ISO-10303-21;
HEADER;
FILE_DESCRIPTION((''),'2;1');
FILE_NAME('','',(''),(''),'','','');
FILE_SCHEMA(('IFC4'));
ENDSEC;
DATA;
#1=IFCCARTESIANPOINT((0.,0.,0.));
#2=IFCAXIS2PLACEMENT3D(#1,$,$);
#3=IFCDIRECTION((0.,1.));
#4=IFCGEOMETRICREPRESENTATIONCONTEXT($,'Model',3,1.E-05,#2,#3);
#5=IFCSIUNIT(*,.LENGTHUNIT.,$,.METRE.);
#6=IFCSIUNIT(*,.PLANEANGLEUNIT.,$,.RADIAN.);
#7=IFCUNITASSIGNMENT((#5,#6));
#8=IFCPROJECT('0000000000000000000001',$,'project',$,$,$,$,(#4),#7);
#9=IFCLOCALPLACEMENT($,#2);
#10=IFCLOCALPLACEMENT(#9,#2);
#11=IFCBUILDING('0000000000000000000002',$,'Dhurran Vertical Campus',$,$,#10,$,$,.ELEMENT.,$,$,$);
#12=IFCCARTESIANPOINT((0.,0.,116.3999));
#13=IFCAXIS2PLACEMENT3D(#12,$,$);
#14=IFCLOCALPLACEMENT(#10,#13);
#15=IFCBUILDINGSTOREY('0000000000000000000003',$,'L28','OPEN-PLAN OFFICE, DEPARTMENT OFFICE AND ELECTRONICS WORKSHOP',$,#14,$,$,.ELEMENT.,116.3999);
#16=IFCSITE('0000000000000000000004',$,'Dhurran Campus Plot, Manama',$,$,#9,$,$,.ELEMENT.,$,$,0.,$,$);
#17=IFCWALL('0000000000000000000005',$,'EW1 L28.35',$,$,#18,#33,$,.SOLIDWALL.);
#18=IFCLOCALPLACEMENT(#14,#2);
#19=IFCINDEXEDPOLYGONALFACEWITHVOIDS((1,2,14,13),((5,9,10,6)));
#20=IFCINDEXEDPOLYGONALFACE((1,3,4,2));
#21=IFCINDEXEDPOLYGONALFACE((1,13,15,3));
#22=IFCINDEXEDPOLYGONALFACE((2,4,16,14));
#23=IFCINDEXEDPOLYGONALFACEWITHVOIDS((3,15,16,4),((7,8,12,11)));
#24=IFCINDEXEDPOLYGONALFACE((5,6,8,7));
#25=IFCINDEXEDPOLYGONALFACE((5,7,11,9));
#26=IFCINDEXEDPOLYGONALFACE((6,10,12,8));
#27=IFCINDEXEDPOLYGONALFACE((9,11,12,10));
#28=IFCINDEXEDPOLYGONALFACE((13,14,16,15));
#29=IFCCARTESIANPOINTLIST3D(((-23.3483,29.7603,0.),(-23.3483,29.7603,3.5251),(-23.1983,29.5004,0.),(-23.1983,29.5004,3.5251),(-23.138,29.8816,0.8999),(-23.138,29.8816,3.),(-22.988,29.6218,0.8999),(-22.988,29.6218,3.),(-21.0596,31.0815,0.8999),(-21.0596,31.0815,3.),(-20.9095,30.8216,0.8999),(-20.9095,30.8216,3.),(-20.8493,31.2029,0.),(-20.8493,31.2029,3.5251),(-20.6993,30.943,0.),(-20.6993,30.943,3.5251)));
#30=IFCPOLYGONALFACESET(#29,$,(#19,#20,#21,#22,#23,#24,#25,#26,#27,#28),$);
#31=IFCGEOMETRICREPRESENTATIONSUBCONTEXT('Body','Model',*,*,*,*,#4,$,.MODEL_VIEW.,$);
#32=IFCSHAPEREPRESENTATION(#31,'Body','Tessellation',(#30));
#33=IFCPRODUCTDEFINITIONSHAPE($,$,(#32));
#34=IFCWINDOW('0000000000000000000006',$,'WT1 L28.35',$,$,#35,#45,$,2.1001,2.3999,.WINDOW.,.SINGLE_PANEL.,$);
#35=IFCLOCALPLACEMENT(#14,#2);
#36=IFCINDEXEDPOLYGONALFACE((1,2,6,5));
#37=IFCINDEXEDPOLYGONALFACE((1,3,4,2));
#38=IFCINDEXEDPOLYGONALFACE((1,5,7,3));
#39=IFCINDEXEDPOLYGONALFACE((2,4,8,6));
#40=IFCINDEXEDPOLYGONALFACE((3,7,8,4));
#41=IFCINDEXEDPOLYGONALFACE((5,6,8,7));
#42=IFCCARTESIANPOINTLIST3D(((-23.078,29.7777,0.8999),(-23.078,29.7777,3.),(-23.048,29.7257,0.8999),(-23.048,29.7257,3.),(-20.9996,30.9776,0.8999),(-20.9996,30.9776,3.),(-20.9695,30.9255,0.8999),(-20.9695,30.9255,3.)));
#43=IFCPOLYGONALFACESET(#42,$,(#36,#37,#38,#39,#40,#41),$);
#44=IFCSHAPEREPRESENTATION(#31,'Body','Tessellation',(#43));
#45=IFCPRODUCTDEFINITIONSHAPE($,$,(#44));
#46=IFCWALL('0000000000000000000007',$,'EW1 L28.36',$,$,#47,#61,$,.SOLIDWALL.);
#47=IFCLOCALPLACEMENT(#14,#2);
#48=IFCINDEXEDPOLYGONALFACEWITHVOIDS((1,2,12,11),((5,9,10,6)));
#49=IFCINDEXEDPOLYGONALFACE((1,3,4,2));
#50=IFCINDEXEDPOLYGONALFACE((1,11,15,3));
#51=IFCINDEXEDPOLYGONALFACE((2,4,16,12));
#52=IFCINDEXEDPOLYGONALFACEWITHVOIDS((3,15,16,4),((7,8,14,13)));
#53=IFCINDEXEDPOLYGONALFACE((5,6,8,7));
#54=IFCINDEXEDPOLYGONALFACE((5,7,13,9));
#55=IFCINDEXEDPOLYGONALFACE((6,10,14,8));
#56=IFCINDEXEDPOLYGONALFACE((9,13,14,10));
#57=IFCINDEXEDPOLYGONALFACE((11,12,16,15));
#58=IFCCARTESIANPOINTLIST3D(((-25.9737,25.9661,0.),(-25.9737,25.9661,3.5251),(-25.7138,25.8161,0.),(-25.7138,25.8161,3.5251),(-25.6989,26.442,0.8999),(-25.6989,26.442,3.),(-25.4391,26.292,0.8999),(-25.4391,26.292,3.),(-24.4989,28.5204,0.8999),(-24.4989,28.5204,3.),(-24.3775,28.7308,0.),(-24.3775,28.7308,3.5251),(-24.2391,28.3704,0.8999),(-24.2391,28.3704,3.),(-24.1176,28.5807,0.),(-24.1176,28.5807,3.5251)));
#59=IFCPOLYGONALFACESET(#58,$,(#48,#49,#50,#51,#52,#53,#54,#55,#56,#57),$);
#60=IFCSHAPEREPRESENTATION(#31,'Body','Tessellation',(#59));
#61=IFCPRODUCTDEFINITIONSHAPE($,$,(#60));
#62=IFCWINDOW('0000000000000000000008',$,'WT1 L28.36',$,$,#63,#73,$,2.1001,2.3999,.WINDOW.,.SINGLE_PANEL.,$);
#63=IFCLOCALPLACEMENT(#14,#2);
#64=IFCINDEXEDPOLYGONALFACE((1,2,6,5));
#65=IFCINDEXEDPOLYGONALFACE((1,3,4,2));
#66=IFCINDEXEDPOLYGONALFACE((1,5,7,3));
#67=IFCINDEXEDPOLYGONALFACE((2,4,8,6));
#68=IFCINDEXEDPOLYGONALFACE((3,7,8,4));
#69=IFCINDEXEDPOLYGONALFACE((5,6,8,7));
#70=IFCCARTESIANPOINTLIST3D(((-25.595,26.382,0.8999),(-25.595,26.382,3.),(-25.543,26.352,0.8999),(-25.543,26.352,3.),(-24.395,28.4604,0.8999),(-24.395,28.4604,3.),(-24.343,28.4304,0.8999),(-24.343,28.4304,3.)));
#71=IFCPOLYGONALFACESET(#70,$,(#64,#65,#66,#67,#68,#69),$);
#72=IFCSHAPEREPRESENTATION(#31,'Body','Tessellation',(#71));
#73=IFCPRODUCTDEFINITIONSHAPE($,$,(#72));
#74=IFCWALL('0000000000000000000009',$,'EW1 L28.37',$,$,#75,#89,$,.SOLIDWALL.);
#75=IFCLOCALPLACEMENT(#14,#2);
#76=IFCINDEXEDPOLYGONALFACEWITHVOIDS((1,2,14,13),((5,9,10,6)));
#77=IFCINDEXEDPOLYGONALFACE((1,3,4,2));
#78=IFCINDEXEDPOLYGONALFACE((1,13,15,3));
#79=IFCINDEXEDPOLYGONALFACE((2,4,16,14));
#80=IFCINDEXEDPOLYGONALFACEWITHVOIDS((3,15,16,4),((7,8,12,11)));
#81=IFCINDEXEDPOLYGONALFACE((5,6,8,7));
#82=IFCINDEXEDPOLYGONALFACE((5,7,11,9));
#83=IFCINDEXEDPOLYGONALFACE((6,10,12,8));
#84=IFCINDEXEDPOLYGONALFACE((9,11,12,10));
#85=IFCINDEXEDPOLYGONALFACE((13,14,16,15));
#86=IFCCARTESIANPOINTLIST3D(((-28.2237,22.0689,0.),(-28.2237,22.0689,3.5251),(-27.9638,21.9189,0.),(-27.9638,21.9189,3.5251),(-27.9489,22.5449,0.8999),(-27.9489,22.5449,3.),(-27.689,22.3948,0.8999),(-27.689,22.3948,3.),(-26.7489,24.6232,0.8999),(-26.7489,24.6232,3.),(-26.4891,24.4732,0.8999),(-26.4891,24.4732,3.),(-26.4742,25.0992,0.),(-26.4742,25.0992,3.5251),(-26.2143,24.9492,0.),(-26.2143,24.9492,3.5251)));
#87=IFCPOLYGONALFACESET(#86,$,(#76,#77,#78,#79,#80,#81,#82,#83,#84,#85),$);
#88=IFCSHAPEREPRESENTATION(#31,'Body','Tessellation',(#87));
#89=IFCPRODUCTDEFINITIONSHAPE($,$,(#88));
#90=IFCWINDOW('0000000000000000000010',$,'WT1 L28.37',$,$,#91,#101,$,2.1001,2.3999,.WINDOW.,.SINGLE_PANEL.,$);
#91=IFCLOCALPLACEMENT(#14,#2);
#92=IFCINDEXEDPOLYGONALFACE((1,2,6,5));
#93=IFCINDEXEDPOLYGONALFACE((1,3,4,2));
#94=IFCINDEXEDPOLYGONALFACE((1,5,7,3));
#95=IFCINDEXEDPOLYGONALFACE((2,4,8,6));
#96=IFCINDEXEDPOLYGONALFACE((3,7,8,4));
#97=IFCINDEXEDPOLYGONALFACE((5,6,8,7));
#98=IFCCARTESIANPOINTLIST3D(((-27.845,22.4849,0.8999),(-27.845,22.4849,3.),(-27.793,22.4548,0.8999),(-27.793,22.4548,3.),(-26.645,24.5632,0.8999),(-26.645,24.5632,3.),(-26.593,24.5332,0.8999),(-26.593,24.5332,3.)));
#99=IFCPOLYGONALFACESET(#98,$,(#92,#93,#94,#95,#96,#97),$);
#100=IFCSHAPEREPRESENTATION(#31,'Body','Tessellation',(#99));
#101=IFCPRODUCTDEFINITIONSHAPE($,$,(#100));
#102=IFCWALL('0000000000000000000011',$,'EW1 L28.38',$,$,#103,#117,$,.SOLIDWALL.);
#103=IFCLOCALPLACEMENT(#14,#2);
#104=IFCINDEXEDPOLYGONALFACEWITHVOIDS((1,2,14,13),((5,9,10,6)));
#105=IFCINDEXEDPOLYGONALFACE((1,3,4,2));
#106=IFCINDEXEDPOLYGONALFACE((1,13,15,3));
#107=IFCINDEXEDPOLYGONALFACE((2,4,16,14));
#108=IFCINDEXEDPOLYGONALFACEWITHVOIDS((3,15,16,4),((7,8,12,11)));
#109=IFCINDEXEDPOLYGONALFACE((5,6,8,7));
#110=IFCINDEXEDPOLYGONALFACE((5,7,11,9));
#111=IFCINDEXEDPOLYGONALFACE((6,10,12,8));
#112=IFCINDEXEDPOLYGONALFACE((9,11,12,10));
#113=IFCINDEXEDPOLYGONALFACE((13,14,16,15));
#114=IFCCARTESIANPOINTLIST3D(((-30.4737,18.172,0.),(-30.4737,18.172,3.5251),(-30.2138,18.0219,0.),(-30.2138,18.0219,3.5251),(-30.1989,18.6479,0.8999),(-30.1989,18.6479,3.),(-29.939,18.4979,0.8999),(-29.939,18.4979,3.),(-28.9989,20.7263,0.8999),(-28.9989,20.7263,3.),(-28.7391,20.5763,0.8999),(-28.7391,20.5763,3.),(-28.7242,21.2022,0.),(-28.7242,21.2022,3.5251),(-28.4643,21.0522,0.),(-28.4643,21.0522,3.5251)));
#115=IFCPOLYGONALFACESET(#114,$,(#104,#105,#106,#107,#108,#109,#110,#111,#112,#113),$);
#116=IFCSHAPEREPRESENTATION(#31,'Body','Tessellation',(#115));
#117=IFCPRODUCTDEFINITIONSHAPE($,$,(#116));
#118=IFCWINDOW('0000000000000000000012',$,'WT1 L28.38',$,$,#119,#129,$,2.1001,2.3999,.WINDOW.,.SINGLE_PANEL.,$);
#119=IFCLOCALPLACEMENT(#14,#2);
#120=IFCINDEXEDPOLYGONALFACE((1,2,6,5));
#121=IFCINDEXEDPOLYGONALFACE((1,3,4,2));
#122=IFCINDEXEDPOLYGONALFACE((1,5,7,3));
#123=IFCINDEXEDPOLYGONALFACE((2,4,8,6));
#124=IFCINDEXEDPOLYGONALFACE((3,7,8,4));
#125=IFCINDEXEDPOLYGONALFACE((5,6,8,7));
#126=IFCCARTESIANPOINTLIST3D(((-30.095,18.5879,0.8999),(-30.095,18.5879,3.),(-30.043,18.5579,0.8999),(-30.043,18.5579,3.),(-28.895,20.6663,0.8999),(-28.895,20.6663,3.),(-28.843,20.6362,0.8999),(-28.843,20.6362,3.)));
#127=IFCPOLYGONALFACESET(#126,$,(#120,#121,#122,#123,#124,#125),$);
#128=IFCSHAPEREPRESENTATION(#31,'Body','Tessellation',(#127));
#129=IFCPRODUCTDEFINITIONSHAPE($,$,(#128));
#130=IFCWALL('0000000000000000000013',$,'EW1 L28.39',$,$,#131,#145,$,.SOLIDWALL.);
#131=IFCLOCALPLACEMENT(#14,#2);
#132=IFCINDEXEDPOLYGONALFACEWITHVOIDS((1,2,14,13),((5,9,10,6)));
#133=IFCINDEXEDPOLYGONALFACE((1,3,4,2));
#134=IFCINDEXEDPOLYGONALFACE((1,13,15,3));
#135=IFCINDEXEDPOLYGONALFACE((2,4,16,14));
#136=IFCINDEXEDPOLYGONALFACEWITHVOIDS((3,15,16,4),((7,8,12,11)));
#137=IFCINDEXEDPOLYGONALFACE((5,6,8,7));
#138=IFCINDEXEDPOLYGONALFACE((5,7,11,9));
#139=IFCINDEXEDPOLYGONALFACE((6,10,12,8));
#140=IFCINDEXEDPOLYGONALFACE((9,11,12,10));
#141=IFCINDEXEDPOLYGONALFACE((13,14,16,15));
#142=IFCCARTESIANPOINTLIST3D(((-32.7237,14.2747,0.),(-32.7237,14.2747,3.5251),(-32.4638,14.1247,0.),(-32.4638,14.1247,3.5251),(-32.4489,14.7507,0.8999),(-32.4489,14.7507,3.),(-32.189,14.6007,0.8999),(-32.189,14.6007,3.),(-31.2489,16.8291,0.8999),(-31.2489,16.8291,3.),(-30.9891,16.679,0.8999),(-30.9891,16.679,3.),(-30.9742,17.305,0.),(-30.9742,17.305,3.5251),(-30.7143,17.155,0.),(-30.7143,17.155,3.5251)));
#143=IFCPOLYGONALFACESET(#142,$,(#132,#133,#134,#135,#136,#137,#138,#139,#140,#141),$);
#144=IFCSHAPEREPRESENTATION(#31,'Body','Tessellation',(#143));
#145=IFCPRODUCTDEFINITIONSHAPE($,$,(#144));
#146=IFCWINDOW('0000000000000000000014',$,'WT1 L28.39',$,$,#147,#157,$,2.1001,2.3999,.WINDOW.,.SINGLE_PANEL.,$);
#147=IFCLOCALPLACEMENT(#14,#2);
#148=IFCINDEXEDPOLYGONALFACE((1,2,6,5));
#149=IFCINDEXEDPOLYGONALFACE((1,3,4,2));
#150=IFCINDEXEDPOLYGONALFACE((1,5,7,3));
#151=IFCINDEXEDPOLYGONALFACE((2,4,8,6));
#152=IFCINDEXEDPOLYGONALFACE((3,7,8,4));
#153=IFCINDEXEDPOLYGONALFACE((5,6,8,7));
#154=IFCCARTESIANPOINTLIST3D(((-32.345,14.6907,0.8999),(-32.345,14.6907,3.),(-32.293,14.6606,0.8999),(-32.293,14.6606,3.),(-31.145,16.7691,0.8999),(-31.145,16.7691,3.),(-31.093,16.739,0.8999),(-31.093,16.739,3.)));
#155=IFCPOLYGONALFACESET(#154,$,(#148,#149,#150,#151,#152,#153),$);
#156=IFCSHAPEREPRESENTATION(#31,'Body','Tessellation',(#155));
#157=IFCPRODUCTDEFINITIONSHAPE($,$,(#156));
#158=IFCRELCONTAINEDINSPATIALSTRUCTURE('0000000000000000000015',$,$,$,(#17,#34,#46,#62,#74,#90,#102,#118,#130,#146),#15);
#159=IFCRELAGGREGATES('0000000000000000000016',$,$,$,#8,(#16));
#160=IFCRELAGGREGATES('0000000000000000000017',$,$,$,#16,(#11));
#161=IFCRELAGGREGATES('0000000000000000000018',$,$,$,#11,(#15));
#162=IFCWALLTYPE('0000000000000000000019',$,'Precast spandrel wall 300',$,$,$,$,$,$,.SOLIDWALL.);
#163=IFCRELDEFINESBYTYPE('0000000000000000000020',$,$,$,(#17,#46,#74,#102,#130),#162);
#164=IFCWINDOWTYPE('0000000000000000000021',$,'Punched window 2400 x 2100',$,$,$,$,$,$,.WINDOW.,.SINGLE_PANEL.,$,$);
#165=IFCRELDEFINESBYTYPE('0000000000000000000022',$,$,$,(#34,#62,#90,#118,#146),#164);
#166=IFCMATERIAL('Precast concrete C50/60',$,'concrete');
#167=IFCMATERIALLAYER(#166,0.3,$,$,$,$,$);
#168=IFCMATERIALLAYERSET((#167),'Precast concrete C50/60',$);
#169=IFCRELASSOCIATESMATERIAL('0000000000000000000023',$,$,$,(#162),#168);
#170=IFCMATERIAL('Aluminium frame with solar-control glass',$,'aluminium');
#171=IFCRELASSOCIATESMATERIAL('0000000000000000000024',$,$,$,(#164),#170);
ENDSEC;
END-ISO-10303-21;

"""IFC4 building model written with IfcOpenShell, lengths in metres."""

from ifc_helpers import new_model, si_unit, direction, frame, frame_2d, origin, place, context, subcontext, project, spatial, rectangle, extrude, material, layer, layer_set, type_object, element, fill, save


model = new_model("IFC4")

# Units and contexts
model_context = context("Model", 3, precision=1e-05, world=origin(), true_north=direction((0.0, 1.0)))
body_context = subcontext(model_context, "Body", "Model", "MODEL_VIEW")
ifc_project = project(units=[si_unit("LENGTHUNIT", "METRE"), si_unit("PLANEANGLEUNIT", "RADIAN")], contexts=[model_context])

# Site, building, storey
site_placement = place(None, origin())
site = spatial("IfcSite", under=ifc_project, at=site_placement, Name="Dhurran Campus Plot, Manama", CompositionType="ELEMENT", RefElevation=0.0)
building_placement = place(site_placement, origin())
building = spatial("IfcBuilding", under=site, at=building_placement, Name="Dhurran Vertical Campus", CompositionType="ELEMENT")
storey_placement = place(building_placement, frame((0.0, 0.0, 116.3999)))
storey = spatial("IfcBuildingStorey", under=building, at=storey_placement, Name="L28", Description="OPEN-PLAN OFFICE, DEPARTMENT OFFICE AND ELECTRONICS WORKSHOP", CompositionType="ELEMENT", Elevation=116.3999)

# Walls, openings, windows
ifc_material_1 = material(Name="Precast concrete C50/60", Category="concrete")
ifc_layer_1 = layer(ifc_material_1, 0.3)
ifc_layer_set_1 = layer_set([ifc_layer_1], Name="Precast concrete C50/60")
wall_type_1 = type_object("IfcWallType", Name="Precast spandrel wall 300", PredefinedType="SOLIDWALL", material=ifc_layer_set_1)
ifc_material_2 = material(Name="Aluminium frame with solar-control glass", Category="aluminium")
window_type = type_object("IfcWindowType", Name="Punched window 2400 x 2100", PartitioningType="SINGLE_PANEL", PredefinedType="WINDOW", material=ifc_material_2)
wall_1_placement = place(storey_placement, frame((-20.7742, 31.073, 0.0), z_axis=(0.0, 0.0, 1.0), x_axis=(-0.866053, -0.499952, 0.0)))
wall_1 = element("IfcWall", 1, at=wall_1_placement, inside=storey, type_object=wall_type_1, Name="EW1 L28.35", PredefinedType="SOLIDWALL", context=body_context, shape_type="SweptSolid", body=[
    extrude(rectangle(XDim=2.8855, YDim=0.3, at=frame_2d((1.4429, 0.0))), origin(), (0.0, 0.0, 1.0), 3.5251),
])
opening_1_placement = place(wall_1_placement, frame((0.2429, 0.0, 0.8999)))
opening_1 = element("IfcOpeningElement", 2, at=opening_1_placement, cuts=wall_1, PredefinedType="OPENING", context=body_context, shape_type="SweptSolid", body=[
    extrude(rectangle(XDim=2.3999, YDim=2.1001, at=frame_2d((1.2, 1.05))), frame((0.0, 0.1599, 0.0), z_axis=(0.0, -1.0, 0.0), x_axis=(1.0, 0.0, 0.0)), (0.0, 0.0, 1.0), 0.3201),
])
window_1_placement = place(opening_1_placement, origin())
window_1 = element("IfcWindow", 3, at=window_1_placement, inside=storey, type_object=window_type, Name="WT1 L28.35", OverallHeight=2.1001, OverallWidth=2.3999, PartitioningType="SINGLE_PANEL", PredefinedType="WINDOW", context=body_context, shape_type="SweptSolid", body=[
    extrude(rectangle(XDim=2.3999, YDim=2.1001, at=frame_2d((1.2, 1.05))), frame((0.0, 0.03, 0.0), z_axis=(0.0, -1.0, 0.0), x_axis=(1.0, 0.0, 0.0)), (0.0, 0.0, 1.0), 0.0601),
])
fill(opening_1, window_1)
wall_2_placement = place(storey_placement, frame((-24.2476, 28.6558, 0.0), z_axis=(0.0, 0.0, 1.0), x_axis=(-0.500005, -0.866023, 0.0)))
wall_2 = element("IfcWall", 4, at=wall_2_placement, inside=storey, type_object=wall_type_1, Name="EW1 L28.36", PredefinedType="SOLIDWALL", context=body_context, shape_type="SweptSolid", body=[
    extrude(rectangle(XDim=3.1924, YDim=0.3, at=frame_2d((1.5962, 0.0))), origin(), (0.0, 0.0, 1.0), 3.5251),
])
opening_2_placement = place(wall_2_placement, frame((0.2429, 0.0, 0.8999)))
opening_2 = element("IfcOpeningElement", 5, at=opening_2_placement, cuts=wall_2, PredefinedType="OPENING", context=body_context, shape_type="SweptSolid", body=[
    extrude(rectangle(XDim=2.3999, YDim=2.1001, at=frame_2d((1.2, 1.05))), frame((0.0, 0.1599, 0.0), z_axis=(0.0, -1.0, 0.0), x_axis=(1.0, 0.0, 0.0)), (0.0, 0.0, 1.0), 0.3201),
])
window_2_placement = place(opening_2_placement, origin())
window_2 = element("IfcWindow", 6, at=window_2_placement, inside=storey, type_object=window_type, Name="WT1 L28.36", OverallHeight=2.1001, OverallWidth=2.3999, PartitioningType="SINGLE_PANEL", PredefinedType="WINDOW", context=body_context, shape_type="SweptSolid", body=[
    extrude(rectangle(XDim=2.3999, YDim=2.1001, at=frame_2d((1.2, 1.05))), frame((0.0, 0.03, 0.0), z_axis=(0.0, -1.0, 0.0), x_axis=(1.0, 0.0, 0.0)), (0.0, 0.0, 1.0), 0.0601),
])
fill(opening_2, window_2)
wall_3_placement = place(storey_placement, frame((-26.3442, 25.0242, 0.0), z_axis=(0.0, 0.0, 1.0), x_axis=(-0.499996, -0.866028, 0.0)))
wall_3 = element("IfcWall", 7, at=wall_3_placement, inside=storey, type_object=wall_type_1, Name="EW1 L28.37", PredefinedType="SOLIDWALL", context=body_context, shape_type="SweptSolid", body=[
    extrude(rectangle(XDim=3.499, YDim=0.3, at=frame_2d((1.7495, 0.0))), origin(), (0.0, 0.0, 1.0), 3.5251),
])
opening_3_placement = place(wall_3_placement, frame((0.5496, 0.0, 0.8999)))
opening_3 = element("IfcOpeningElement", 8, at=opening_3_placement, cuts=wall_3, PredefinedType="OPENING", context=body_context, shape_type="SweptSolid", body=[
    extrude(rectangle(XDim=2.3999, YDim=2.1001, at=frame_2d((1.2, 1.05))), frame((0.0, 0.1599, 0.0), z_axis=(0.0, -1.0, 0.0), x_axis=(1.0, 0.0, 0.0)), (0.0, 0.0, 1.0), 0.3201),
])
window_3_placement = place(opening_3_placement, origin())
window_3 = element("IfcWindow", 9, at=window_3_placement, inside=storey, type_object=window_type, Name="WT1 L28.37", OverallHeight=2.1001, OverallWidth=2.3999, PartitioningType="SINGLE_PANEL", PredefinedType="WINDOW", context=body_context, shape_type="SweptSolid", body=[
    extrude(rectangle(XDim=2.3999, YDim=2.1001, at=frame_2d((1.2, 1.05))), frame((0.0, 0.03, 0.0), z_axis=(0.0, -1.0, 0.0), x_axis=(1.0, 0.0, 0.0)), (0.0, 0.0, 1.0), 0.0601),
])
fill(opening_3, window_3)
wall_4_placement = place(storey_placement, frame((-28.5942, 21.1272, 0.0), z_axis=(0.0, 0.0, 1.0), x_axis=(-0.499996, -0.866028, 0.0)))
wall_4 = element("IfcWall", 10, at=wall_4_placement, inside=storey, type_object=wall_type_1, Name="EW1 L28.38", PredefinedType="SOLIDWALL", context=body_context, shape_type="SweptSolid", body=[
    extrude(rectangle(XDim=3.499, YDim=0.3, at=frame_2d((1.7495, 0.0))), origin(), (0.0, 0.0, 1.0), 3.5251),
])
opening_4_placement = place(wall_4_placement, frame((0.5496, 0.0, 0.8999)))
opening_4 = element("IfcOpeningElement", 11, at=opening_4_placement, cuts=wall_4, PredefinedType="OPENING", context=body_context, shape_type="SweptSolid", body=[
    extrude(rectangle(XDim=2.3999, YDim=2.1001, at=frame_2d((1.2, 1.05))), frame((0.0, 0.1599, 0.0), z_axis=(0.0, -1.0, 0.0), x_axis=(1.0, 0.0, 0.0)), (0.0, 0.0, 1.0), 0.3201),
])
window_4_placement = place(opening_4_placement, origin())
window_4 = element("IfcWindow", 12, at=window_4_placement, inside=storey, type_object=window_type, Name="WT1 L28.38", OverallHeight=2.1001, OverallWidth=2.3999, PartitioningType="SINGLE_PANEL", PredefinedType="WINDOW", context=body_context, shape_type="SweptSolid", body=[
    extrude(rectangle(XDim=2.3999, YDim=2.1001, at=frame_2d((1.2, 1.05))), frame((0.0, 0.03, 0.0), z_axis=(0.0, -1.0, 0.0), x_axis=(1.0, 0.0, 0.0)), (0.0, 0.0, 1.0), 0.0601),
])
fill(opening_4, window_4)
wall_5_placement = place(storey_placement, frame((-30.8442, 17.23, 0.0), z_axis=(0.0, 0.0, 1.0), x_axis=(-0.499996, -0.866028, 0.0)))
wall_5 = element("IfcWall", 13, at=wall_5_placement, inside=storey, type_object=wall_type_1, Name="EW1 L28.39", PredefinedType="SOLIDWALL", context=body_context, shape_type="SweptSolid", body=[
    extrude(rectangle(XDim=3.499, YDim=0.3, at=frame_2d((1.7495, 0.0))), origin(), (0.0, 0.0, 1.0), 3.5251),
])
opening_5_placement = place(wall_5_placement, frame((0.5496, 0.0, 0.8999)))
opening_5 = element("IfcOpeningElement", 14, at=opening_5_placement, cuts=wall_5, PredefinedType="OPENING", context=body_context, shape_type="SweptSolid", body=[
    extrude(rectangle(XDim=2.3999, YDim=2.1001, at=frame_2d((1.2, 1.05))), frame((0.0, 0.1599, 0.0), z_axis=(0.0, -1.0, 0.0), x_axis=(1.0, 0.0, 0.0)), (0.0, 0.0, 1.0), 0.3201),
])
window_5_placement = place(opening_5_placement, origin())
window_5 = element("IfcWindow", 15, at=window_5_placement, inside=storey, type_object=window_type, Name="WT1 L28.39", OverallHeight=2.1001, OverallWidth=2.3999, PartitioningType="SINGLE_PANEL", PredefinedType="WINDOW", context=body_context, shape_type="SweptSolid", body=[
    extrude(rectangle(XDim=2.3999, YDim=2.1001, at=frame_2d((1.2, 1.05))), frame((0.0, 0.03, 0.0), z_axis=(0.0, -1.0, 0.0), x_axis=(1.0, 0.0, 0.0)), (0.0, 0.0, 1.0), 0.0601),
])
fill(opening_5, window_5)

save(model, "model.ifc")
